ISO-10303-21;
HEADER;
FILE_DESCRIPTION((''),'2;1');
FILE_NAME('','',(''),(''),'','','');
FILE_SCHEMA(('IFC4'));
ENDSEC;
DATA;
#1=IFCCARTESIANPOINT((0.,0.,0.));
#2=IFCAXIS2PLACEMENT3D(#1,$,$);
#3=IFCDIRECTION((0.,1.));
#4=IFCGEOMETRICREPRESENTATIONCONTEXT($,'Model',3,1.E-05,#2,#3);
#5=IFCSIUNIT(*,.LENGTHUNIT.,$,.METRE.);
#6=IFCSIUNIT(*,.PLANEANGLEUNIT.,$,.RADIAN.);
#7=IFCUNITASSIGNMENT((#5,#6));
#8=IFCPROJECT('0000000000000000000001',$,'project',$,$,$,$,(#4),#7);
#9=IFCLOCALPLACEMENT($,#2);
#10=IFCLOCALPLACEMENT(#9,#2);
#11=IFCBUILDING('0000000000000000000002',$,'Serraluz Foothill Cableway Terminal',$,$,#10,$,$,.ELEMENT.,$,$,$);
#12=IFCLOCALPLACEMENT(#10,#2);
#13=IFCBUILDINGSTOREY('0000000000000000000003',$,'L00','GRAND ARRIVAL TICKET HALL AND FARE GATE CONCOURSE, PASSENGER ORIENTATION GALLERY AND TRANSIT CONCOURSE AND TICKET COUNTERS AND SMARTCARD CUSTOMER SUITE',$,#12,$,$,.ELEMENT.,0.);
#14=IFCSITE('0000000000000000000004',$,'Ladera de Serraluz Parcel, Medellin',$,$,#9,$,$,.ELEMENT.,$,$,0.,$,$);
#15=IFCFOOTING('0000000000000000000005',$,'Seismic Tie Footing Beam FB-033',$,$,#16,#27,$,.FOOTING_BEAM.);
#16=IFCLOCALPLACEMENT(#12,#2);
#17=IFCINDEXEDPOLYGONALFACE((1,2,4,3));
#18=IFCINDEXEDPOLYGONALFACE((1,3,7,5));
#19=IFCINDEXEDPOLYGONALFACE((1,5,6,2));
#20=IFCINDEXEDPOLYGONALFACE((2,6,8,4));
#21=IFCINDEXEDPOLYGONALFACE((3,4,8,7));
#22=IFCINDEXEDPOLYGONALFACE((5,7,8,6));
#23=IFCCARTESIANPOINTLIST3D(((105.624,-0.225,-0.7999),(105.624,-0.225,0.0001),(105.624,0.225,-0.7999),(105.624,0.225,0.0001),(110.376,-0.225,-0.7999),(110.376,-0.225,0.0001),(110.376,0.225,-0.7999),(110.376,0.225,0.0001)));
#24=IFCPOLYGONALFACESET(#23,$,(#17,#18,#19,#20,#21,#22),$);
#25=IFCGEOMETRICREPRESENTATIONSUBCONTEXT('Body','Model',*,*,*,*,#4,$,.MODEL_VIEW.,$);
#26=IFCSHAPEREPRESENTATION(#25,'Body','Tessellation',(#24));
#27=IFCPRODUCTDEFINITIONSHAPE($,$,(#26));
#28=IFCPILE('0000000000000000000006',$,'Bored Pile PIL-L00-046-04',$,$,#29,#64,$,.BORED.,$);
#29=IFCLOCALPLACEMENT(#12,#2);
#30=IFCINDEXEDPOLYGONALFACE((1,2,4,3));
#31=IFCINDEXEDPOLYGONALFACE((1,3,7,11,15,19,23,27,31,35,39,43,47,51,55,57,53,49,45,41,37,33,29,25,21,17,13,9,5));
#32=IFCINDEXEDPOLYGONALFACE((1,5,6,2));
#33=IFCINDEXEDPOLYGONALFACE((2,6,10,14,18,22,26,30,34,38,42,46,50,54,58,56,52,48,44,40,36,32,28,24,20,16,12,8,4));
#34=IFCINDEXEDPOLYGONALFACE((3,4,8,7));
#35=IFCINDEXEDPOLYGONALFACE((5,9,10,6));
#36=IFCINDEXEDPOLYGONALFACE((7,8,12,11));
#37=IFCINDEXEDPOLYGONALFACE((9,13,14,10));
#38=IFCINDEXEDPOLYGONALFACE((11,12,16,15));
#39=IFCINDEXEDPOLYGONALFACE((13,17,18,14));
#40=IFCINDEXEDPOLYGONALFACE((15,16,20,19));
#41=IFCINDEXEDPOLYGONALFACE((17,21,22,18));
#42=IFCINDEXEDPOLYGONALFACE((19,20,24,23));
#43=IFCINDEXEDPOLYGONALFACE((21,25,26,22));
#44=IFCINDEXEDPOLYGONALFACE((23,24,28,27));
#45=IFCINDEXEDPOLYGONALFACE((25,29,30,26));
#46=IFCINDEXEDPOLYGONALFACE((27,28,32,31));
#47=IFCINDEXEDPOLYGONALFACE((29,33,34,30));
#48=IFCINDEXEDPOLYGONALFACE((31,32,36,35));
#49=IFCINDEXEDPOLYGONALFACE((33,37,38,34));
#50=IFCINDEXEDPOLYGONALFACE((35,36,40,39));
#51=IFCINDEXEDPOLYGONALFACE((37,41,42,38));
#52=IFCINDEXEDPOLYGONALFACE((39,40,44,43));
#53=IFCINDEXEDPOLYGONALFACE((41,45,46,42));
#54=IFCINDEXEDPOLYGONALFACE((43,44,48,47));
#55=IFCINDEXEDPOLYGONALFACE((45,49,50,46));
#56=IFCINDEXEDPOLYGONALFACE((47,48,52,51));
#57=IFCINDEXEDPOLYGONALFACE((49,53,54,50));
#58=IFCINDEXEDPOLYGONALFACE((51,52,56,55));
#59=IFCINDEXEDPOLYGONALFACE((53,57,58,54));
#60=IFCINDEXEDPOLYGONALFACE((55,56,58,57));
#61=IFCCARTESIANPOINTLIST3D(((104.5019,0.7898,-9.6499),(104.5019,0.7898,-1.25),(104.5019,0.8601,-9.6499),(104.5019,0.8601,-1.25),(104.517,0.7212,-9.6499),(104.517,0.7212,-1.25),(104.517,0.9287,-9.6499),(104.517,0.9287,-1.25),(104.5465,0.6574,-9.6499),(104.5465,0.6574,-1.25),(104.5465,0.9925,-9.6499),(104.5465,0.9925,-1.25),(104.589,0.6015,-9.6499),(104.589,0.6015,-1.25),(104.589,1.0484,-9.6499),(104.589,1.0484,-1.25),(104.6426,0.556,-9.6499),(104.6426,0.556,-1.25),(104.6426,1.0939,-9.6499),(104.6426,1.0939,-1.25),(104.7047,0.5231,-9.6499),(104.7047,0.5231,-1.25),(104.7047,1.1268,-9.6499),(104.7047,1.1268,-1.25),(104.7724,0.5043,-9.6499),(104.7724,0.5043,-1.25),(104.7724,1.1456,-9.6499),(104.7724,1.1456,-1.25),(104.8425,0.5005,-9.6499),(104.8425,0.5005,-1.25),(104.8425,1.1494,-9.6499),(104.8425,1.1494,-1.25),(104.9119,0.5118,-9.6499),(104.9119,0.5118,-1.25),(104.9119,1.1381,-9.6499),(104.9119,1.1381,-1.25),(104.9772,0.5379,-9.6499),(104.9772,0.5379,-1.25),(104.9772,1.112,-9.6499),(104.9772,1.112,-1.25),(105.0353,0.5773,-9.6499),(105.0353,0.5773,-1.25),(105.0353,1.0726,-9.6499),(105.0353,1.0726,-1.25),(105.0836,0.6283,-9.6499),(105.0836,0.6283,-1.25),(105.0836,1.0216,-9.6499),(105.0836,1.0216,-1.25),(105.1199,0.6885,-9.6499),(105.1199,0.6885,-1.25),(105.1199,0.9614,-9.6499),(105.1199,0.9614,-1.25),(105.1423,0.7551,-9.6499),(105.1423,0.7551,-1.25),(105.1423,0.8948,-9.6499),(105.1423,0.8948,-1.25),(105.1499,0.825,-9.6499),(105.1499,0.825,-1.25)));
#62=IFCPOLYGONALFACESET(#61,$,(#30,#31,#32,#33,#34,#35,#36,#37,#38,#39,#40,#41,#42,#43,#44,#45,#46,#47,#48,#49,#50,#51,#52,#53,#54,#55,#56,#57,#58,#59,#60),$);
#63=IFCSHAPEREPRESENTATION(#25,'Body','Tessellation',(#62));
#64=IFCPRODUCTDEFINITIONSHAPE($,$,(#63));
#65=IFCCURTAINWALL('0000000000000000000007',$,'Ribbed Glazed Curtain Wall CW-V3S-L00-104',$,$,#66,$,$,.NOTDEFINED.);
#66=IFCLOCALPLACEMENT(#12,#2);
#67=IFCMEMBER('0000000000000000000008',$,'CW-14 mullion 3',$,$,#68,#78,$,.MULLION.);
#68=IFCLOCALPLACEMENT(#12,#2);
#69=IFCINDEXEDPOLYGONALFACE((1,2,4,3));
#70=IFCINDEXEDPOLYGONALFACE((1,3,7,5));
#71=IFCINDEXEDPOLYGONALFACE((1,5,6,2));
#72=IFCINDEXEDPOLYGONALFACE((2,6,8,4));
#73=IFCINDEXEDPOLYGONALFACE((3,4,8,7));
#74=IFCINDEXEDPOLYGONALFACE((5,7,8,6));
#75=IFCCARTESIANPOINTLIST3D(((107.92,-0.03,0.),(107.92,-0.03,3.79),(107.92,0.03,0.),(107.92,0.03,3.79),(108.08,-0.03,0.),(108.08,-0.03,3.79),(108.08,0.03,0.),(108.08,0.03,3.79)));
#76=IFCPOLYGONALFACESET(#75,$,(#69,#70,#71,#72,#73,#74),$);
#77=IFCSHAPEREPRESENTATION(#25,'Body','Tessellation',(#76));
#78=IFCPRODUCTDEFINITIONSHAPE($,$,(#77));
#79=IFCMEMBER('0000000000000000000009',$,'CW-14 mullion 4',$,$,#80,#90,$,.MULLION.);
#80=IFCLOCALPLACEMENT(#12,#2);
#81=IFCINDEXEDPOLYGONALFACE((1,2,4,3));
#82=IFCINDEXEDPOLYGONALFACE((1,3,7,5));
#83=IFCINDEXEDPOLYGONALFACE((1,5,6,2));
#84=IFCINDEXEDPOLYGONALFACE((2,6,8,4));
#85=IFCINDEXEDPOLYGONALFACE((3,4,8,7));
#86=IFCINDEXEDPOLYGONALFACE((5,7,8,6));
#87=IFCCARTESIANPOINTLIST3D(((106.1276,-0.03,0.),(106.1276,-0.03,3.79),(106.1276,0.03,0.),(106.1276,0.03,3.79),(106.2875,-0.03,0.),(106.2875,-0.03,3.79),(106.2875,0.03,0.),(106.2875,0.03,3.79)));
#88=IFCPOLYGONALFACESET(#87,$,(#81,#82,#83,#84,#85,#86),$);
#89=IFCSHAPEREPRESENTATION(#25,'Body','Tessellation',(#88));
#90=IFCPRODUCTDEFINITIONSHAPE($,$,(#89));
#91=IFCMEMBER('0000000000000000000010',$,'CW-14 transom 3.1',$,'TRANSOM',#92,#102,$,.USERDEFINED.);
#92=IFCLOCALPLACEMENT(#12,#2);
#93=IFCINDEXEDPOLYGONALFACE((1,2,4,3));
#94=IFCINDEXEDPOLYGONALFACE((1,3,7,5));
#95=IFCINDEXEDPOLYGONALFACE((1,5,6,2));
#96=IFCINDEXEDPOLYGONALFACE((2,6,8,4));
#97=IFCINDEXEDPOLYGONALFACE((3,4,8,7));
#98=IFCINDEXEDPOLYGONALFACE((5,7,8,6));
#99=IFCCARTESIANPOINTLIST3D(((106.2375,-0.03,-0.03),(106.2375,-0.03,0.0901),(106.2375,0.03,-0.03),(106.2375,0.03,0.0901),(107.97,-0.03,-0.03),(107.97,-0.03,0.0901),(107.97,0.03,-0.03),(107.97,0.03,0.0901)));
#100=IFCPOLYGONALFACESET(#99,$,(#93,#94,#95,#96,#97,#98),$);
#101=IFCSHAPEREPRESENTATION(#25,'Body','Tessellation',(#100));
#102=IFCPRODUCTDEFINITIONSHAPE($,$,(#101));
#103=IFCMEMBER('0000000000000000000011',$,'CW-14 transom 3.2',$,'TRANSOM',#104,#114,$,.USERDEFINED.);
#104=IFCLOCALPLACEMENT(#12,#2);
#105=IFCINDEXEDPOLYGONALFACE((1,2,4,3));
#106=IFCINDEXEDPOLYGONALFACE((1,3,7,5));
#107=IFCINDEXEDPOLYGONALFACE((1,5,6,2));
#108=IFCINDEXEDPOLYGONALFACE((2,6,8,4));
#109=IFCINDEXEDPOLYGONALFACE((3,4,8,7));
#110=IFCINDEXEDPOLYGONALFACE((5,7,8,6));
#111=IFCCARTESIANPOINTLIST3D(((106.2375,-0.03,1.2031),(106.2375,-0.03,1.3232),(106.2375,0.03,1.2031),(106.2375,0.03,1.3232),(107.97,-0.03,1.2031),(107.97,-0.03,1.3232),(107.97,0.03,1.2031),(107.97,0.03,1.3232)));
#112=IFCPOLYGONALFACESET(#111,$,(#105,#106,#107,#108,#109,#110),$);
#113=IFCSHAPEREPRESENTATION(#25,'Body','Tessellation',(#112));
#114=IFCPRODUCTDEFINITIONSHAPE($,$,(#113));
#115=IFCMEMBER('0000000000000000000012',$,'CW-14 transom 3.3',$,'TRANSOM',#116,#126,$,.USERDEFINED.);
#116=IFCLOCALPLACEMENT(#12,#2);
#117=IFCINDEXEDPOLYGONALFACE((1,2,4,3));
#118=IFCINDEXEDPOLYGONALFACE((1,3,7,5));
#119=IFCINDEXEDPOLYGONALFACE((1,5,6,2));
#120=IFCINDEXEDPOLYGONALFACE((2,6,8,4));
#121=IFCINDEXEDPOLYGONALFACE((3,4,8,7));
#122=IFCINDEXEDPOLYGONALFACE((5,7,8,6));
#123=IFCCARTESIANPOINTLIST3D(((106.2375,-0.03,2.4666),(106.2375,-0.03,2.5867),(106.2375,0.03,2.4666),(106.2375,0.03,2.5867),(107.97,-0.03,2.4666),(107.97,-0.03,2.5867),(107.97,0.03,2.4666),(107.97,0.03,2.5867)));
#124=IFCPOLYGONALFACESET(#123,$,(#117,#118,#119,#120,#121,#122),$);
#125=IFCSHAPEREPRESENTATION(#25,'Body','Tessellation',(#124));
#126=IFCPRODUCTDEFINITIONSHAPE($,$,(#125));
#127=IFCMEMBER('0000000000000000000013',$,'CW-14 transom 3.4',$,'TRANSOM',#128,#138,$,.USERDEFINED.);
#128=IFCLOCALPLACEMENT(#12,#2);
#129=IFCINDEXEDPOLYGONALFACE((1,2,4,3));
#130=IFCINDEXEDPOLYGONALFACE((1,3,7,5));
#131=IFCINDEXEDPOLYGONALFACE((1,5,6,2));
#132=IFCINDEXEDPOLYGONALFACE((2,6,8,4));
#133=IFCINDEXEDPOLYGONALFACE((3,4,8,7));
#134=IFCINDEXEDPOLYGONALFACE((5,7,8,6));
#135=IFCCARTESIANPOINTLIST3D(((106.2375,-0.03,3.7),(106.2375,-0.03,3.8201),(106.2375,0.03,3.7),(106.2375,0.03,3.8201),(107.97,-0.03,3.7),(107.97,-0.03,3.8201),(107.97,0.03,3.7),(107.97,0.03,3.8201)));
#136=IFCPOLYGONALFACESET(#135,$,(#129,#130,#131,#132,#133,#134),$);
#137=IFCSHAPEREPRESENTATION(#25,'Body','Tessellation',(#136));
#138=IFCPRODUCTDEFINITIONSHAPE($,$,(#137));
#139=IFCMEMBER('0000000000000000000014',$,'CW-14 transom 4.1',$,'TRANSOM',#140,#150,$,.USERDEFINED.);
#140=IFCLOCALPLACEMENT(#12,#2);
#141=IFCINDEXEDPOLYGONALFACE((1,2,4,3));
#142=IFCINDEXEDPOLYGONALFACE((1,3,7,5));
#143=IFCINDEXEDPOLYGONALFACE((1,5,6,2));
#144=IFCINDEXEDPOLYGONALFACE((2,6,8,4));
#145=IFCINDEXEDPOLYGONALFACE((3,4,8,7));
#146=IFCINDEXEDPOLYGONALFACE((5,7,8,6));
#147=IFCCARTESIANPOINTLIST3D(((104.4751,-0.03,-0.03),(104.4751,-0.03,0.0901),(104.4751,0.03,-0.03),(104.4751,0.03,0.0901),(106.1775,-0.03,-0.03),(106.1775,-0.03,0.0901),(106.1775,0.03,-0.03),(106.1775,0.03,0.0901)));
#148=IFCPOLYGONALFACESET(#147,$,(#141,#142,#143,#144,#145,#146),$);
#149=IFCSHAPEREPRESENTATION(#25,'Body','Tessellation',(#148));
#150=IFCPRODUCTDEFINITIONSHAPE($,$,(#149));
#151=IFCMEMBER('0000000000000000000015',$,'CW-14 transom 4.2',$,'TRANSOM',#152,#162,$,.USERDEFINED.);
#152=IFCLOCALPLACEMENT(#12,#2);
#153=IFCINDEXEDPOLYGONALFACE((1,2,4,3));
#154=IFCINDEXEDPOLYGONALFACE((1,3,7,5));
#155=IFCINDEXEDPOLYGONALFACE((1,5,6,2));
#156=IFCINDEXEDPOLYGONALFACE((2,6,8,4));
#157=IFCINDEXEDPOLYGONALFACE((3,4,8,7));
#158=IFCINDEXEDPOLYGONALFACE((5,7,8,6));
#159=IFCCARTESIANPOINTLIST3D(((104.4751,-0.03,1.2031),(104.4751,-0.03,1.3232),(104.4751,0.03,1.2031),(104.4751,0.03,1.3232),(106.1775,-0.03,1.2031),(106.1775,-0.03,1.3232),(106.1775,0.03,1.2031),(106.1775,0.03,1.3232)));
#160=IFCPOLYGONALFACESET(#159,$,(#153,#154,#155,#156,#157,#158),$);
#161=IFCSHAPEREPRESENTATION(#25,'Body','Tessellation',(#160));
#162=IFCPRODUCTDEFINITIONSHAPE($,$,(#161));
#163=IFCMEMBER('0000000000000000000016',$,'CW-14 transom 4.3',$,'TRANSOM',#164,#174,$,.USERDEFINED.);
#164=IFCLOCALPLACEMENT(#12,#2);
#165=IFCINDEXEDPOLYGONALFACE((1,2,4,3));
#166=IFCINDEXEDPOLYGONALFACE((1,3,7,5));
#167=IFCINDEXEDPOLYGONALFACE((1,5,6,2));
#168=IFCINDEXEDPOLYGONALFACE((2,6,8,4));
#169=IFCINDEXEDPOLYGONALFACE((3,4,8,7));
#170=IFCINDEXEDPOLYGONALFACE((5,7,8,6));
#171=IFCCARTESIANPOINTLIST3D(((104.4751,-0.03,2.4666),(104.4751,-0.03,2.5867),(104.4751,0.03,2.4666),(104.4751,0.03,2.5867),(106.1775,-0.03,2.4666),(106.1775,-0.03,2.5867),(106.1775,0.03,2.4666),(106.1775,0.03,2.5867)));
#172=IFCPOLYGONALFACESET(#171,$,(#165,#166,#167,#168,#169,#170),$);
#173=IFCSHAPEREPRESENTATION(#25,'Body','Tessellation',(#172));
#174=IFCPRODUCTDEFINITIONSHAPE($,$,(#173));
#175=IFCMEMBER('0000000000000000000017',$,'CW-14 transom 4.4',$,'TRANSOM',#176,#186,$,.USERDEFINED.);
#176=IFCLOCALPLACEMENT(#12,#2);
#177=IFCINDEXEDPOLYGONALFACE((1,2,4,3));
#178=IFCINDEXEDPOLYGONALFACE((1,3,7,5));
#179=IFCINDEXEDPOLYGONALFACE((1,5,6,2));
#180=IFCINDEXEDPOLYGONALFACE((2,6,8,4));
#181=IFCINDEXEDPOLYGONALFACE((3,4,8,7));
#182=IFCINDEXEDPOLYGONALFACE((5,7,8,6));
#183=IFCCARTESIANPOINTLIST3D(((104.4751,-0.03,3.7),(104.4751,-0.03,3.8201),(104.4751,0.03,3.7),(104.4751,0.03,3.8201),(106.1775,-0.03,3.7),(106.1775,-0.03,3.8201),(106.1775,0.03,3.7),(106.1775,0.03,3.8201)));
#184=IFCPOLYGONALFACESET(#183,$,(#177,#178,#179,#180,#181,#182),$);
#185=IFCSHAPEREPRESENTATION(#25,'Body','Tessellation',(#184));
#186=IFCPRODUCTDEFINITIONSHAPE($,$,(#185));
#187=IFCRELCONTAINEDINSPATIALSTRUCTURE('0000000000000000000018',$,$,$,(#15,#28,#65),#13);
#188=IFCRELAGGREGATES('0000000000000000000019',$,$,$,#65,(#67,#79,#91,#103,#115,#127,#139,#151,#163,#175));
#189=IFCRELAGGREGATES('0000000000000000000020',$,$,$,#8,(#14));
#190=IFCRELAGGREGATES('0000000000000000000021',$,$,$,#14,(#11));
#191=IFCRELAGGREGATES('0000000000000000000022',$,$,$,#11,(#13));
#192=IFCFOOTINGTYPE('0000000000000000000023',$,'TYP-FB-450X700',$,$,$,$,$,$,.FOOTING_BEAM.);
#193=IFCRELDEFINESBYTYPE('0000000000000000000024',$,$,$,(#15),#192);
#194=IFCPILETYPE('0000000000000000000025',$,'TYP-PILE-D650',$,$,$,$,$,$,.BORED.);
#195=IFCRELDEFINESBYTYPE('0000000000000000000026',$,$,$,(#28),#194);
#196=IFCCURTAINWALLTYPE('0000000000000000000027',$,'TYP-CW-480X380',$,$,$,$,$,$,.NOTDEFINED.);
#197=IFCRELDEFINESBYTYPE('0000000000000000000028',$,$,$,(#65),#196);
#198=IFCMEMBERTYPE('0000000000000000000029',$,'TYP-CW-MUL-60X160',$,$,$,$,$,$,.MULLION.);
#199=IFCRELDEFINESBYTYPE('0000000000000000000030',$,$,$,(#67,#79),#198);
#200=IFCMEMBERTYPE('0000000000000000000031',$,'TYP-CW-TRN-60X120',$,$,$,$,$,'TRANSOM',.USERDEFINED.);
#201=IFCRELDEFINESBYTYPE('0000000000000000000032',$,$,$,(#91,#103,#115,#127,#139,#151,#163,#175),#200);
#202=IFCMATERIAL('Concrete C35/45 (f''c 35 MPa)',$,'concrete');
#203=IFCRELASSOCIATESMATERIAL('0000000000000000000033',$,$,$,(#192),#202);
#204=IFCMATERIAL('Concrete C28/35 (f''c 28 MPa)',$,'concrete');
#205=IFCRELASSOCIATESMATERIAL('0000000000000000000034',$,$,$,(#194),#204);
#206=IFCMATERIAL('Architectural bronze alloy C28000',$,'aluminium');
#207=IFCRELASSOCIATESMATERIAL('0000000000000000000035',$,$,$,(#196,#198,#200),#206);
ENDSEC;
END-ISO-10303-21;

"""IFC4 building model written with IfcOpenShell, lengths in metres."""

from ifc_helpers import new_model, si_unit, direction, frame, origin, origin_2d, place, context, subcontext, project, spatial, rectangle, circle, extrude, material, material_profile, profile_set, type_object, element, aggregate, save


model = new_model("IFC4")

# Units and contexts
model_context = context("Model", 3, precision=1e-05, world=origin(), true_north=direction((0.0, 1.0)))
body_context = subcontext(model_context, "Body", "Model", "MODEL_VIEW")
ifc_project = project(units=[si_unit("LENGTHUNIT", "METRE"), si_unit("PLANEANGLEUNIT", "RADIAN")], contexts=[model_context])

# Site, building, storey
site_placement = place(None, origin())
site = spatial("IfcSite", under=ifc_project, at=site_placement, Name="Ladera de Serraluz Parcel, Medellin", CompositionType="ELEMENT", RefElevation=0.0)
building_placement = place(site_placement, origin())
building = spatial("IfcBuilding", under=site, at=building_placement, Name="Serraluz Foothill Cableway Terminal", CompositionType="ELEMENT")
storey_placement = place(building_placement, origin())
storey = spatial("IfcBuildingStorey", under=building, at=storey_placement, Name="L00", Description="GRAND ARRIVAL TICKET HALL AND FARE GATE CONCOURSE, PASSENGER ORIENTATION GALLERY AND TRANSIT CONCOURSE AND TICKET COUNTERS AND SMARTCARD CUSTOMER SUITE", CompositionType="ELEMENT", Elevation=0.0)

# Footing
ifc_material_1 = material(Name="Concrete C35/45 (f'c 35 MPa)", Category="concrete")
ifc_material_profile_1 = material_profile(ifc_material_1, rectangle(XDim=0.45, YDim=0.8, at=origin_2d()), Name="RC 450x800")
ifc_profile_set_1 = profile_set([ifc_material_profile_1], Name="Concrete C35/45 (f'c 35 MPa)")
footing_type = type_object("IfcFootingType", Name="TYP-FB-450X700", PredefinedType="FOOTING_BEAM", material=ifc_profile_set_1)
footing_placement = place(storey_placement, frame((105.624, 0.0, -0.3999), z_axis=(1.0, 0.0, 0.0), x_axis=(0.0, 1.0, 0.0)))
element("IfcFooting", 1, at=footing_placement, inside=storey, type_object=footing_type, Name="Seismic Tie Footing Beam FB-033", PredefinedType="FOOTING_BEAM", context=body_context, shape_type="SweptSolid", body=[
    extrude(rectangle(XDim=0.45, YDim=0.8, at=origin_2d()), origin(), (0.0, 0.0, 1.0), 4.752),
])

# Pile
ifc_material_2 = material(Name="Concrete C28/35 (f'c 28 MPa)", Category="concrete")
ifc_material_profile_2 = material_profile(ifc_material_2, circle(Radius=0.325, at=origin_2d()), Name="BORED PILE D650")
ifc_profile_set_2 = profile_set([ifc_material_profile_2], Name="Concrete C28/35 (f'c 28 MPa)")
pile_type = type_object("IfcPileType", Name="TYP-PILE-D650", PredefinedType="BORED", material=ifc_profile_set_2)
pile_placement = place(storey_placement, frame((104.825, 0.825, -1.25), z_axis=(0.0, 0.0, -1.0), x_axis=(1.0, 0.0, 0.0)))
element("IfcPile", 2, at=pile_placement, inside=storey, type_object=pile_type, Name="Bored Pile PIL-L00-046-04", PredefinedType="BORED", context=body_context, shape_type="SweptSolid", body=[
    extrude(circle(Radius=0.325, at=origin_2d()), origin(), (0.0, 0.0, 1.0), 8.3999),
])

# Curtain wall, members
ifc_material_3 = material(Name="Architectural bronze alloy C28000", Category="aluminium")
curtain_wall_type = type_object("IfcCurtainWallType", Name="TYP-CW-480X380", PredefinedType="NOTDEFINED", material=ifc_material_3)
curtain_wall_placement = place(storey_placement, origin())
curtain_wall = element("IfcCurtainWall", 3, at=curtain_wall_placement, inside=storey, type_object=curtain_wall_type, Name="Ribbed Glazed Curtain Wall CW-V3S-L00-104", PredefinedType="NOTDEFINED")
ifc_material_profile_3 = material_profile(ifc_material_3, rectangle(XDim=0.0601, YDim=0.1599, at=origin_2d()), Name="ALU MULLION 60x160")
ifc_profile_set_3 = profile_set([ifc_material_profile_3], Name="Architectural bronze alloy C28000")
member_type_1 = type_object("IfcMemberType", Name="TYP-CW-MUL-60X160", PredefinedType="MULLION", material=ifc_profile_set_3)
member_1_placement = place(storey_placement, frame((108.0, 0.0, 0.0), z_axis=(0.0, 0.0, 1.0), x_axis=(0.0, -1.0, 0.0)))
member_1 = element("IfcMember", 4, at=member_1_placement, type_object=member_type_1, Name="CW-14 mullion 3", PredefinedType="MULLION", context=body_context, shape_type="SweptSolid", body=[
    extrude(rectangle(XDim=0.0601, YDim=0.1599, at=origin_2d()), origin(), (0.0, 0.0, 1.0), 3.79),
])
member_2_placement = place(storey_placement, frame((106.2075, 0.0, 0.0), z_axis=(0.0, 0.0, 1.0), x_axis=(0.0, -1.0, 0.0)))
member_2 = element("IfcMember", 5, at=member_2_placement, type_object=member_type_1, Name="CW-14 mullion 4", PredefinedType="MULLION", context=body_context, shape_type="SweptSolid", body=[
    extrude(rectangle(XDim=0.0601, YDim=0.1599, at=origin_2d()), origin(), (0.0, 0.0, 1.0), 3.79),
])
ifc_material_profile_4 = material_profile(ifc_material_3, rectangle(XDim=0.0601, YDim=0.1201, at=origin_2d()), Name="ALU TRANSOM 60x120")
ifc_profile_set_4 = profile_set([ifc_material_profile_4], Name="Architectural bronze alloy C28000")
member_type_2 = type_object("IfcMemberType", Name="TYP-CW-TRN-60X120", ElementType="TRANSOM", PredefinedType="USERDEFINED", material=ifc_profile_set_4)
member_3_placement = place(storey_placement, frame((107.97, 0.0, 0.03), z_axis=(-1.0, 0.0, 0.0), x_axis=(0.0, -1.0, 0.0)))
member_3 = element("IfcMember", 6, at=member_3_placement, type_object=member_type_2, Name="CW-14 transom 3.1", ObjectType="TRANSOM", PredefinedType="USERDEFINED", context=body_context, shape_type="SweptSolid", body=[
    extrude(rectangle(XDim=0.0601, YDim=0.1201, at=origin_2d()), origin(), (0.0, 0.0, 1.0), 1.7324),
])
member_4_placement = place(storey_placement, frame((107.97, 0.0, 1.2632), z_axis=(-1.0, 0.0, 0.0), x_axis=(0.0, -1.0, 0.0)))
member_4 = element("IfcMember", 7, at=member_4_placement, type_object=member_type_2, Name="CW-14 transom 3.2", ObjectType="TRANSOM", PredefinedType="USERDEFINED", context=body_context, shape_type="SweptSolid", body=[
    extrude(rectangle(XDim=0.0601, YDim=0.1201, at=origin_2d()), origin(), (0.0, 0.0, 1.0), 1.7324),
])
member_5_placement = place(storey_placement, frame((107.97, 0.0, 2.5266), z_axis=(-1.0, 0.0, 0.0), x_axis=(0.0, -1.0, 0.0)))
member_5 = element("IfcMember", 8, at=member_5_placement, type_object=member_type_2, Name="CW-14 transom 3.3", ObjectType="TRANSOM", PredefinedType="USERDEFINED", context=body_context, shape_type="SweptSolid", body=[
    extrude(rectangle(XDim=0.0601, YDim=0.1201, at=origin_2d()), origin(), (0.0, 0.0, 1.0), 1.7324),
])
member_6_placement = place(storey_placement, frame((107.97, 0.0, 3.76), z_axis=(-1.0, 0.0, 0.0), x_axis=(0.0, -1.0, 0.0)))
member_6 = element("IfcMember", 9, at=member_6_placement, type_object=member_type_2, Name="CW-14 transom 3.4", ObjectType="TRANSOM", PredefinedType="USERDEFINED", context=body_context, shape_type="SweptSolid", body=[
    extrude(rectangle(XDim=0.0601, YDim=0.1201, at=origin_2d()), origin(), (0.0, 0.0, 1.0), 1.7324),
])
member_7_placement = place(storey_placement, frame((106.1775, 0.0, 0.03), z_axis=(-1.0, 0.0, 0.0), x_axis=(0.0, -1.0, 0.0)))
member_7 = element("IfcMember", 10, at=member_7_placement, type_object=member_type_2, Name="CW-14 transom 4.1", ObjectType="TRANSOM", PredefinedType="USERDEFINED", context=body_context, shape_type="SweptSolid", body=[
    extrude(rectangle(XDim=0.0601, YDim=0.1201, at=origin_2d()), origin(), (0.0, 0.0, 1.0), 1.7024),
])
member_8_placement = place(storey_placement, frame((106.1775, 0.0, 1.2632), z_axis=(-1.0, 0.0, 0.0), x_axis=(0.0, -1.0, 0.0)))
member_8 = element("IfcMember", 11, at=member_8_placement, type_object=member_type_2, Name="CW-14 transom 4.2", ObjectType="TRANSOM", PredefinedType="USERDEFINED", context=body_context, shape_type="SweptSolid", body=[
    extrude(rectangle(XDim=0.0601, YDim=0.1201, at=origin_2d()), origin(), (0.0, 0.0, 1.0), 1.7024),
])
member_9_placement = place(storey_placement, frame((106.1775, 0.0, 2.5266), z_axis=(-1.0, 0.0, 0.0), x_axis=(0.0, -1.0, 0.0)))
member_9 = element("IfcMember", 12, at=member_9_placement, type_object=member_type_2, Name="CW-14 transom 4.3", ObjectType="TRANSOM", PredefinedType="USERDEFINED", context=body_context, shape_type="SweptSolid", body=[
    extrude(rectangle(XDim=0.0601, YDim=0.1201, at=origin_2d()), origin(), (0.0, 0.0, 1.0), 1.7024),
])
member_10_placement = place(storey_placement, frame((106.1775, 0.0, 3.76), z_axis=(-1.0, 0.0, 0.0), x_axis=(0.0, -1.0, 0.0)))
member_10 = element("IfcMember", 13, at=member_10_placement, type_object=member_type_2, Name="CW-14 transom 4.4", ObjectType="TRANSOM", PredefinedType="USERDEFINED", context=body_context, shape_type="SweptSolid", body=[
    extrude(rectangle(XDim=0.0601, YDim=0.1201, at=origin_2d()), origin(), (0.0, 0.0, 1.0), 1.7024),
])
aggregate(curtain_wall, [member_1, member_2, member_3, member_4, member_5, member_6, member_7, member_8, member_9, member_10])

save(model, "model.ifc")
